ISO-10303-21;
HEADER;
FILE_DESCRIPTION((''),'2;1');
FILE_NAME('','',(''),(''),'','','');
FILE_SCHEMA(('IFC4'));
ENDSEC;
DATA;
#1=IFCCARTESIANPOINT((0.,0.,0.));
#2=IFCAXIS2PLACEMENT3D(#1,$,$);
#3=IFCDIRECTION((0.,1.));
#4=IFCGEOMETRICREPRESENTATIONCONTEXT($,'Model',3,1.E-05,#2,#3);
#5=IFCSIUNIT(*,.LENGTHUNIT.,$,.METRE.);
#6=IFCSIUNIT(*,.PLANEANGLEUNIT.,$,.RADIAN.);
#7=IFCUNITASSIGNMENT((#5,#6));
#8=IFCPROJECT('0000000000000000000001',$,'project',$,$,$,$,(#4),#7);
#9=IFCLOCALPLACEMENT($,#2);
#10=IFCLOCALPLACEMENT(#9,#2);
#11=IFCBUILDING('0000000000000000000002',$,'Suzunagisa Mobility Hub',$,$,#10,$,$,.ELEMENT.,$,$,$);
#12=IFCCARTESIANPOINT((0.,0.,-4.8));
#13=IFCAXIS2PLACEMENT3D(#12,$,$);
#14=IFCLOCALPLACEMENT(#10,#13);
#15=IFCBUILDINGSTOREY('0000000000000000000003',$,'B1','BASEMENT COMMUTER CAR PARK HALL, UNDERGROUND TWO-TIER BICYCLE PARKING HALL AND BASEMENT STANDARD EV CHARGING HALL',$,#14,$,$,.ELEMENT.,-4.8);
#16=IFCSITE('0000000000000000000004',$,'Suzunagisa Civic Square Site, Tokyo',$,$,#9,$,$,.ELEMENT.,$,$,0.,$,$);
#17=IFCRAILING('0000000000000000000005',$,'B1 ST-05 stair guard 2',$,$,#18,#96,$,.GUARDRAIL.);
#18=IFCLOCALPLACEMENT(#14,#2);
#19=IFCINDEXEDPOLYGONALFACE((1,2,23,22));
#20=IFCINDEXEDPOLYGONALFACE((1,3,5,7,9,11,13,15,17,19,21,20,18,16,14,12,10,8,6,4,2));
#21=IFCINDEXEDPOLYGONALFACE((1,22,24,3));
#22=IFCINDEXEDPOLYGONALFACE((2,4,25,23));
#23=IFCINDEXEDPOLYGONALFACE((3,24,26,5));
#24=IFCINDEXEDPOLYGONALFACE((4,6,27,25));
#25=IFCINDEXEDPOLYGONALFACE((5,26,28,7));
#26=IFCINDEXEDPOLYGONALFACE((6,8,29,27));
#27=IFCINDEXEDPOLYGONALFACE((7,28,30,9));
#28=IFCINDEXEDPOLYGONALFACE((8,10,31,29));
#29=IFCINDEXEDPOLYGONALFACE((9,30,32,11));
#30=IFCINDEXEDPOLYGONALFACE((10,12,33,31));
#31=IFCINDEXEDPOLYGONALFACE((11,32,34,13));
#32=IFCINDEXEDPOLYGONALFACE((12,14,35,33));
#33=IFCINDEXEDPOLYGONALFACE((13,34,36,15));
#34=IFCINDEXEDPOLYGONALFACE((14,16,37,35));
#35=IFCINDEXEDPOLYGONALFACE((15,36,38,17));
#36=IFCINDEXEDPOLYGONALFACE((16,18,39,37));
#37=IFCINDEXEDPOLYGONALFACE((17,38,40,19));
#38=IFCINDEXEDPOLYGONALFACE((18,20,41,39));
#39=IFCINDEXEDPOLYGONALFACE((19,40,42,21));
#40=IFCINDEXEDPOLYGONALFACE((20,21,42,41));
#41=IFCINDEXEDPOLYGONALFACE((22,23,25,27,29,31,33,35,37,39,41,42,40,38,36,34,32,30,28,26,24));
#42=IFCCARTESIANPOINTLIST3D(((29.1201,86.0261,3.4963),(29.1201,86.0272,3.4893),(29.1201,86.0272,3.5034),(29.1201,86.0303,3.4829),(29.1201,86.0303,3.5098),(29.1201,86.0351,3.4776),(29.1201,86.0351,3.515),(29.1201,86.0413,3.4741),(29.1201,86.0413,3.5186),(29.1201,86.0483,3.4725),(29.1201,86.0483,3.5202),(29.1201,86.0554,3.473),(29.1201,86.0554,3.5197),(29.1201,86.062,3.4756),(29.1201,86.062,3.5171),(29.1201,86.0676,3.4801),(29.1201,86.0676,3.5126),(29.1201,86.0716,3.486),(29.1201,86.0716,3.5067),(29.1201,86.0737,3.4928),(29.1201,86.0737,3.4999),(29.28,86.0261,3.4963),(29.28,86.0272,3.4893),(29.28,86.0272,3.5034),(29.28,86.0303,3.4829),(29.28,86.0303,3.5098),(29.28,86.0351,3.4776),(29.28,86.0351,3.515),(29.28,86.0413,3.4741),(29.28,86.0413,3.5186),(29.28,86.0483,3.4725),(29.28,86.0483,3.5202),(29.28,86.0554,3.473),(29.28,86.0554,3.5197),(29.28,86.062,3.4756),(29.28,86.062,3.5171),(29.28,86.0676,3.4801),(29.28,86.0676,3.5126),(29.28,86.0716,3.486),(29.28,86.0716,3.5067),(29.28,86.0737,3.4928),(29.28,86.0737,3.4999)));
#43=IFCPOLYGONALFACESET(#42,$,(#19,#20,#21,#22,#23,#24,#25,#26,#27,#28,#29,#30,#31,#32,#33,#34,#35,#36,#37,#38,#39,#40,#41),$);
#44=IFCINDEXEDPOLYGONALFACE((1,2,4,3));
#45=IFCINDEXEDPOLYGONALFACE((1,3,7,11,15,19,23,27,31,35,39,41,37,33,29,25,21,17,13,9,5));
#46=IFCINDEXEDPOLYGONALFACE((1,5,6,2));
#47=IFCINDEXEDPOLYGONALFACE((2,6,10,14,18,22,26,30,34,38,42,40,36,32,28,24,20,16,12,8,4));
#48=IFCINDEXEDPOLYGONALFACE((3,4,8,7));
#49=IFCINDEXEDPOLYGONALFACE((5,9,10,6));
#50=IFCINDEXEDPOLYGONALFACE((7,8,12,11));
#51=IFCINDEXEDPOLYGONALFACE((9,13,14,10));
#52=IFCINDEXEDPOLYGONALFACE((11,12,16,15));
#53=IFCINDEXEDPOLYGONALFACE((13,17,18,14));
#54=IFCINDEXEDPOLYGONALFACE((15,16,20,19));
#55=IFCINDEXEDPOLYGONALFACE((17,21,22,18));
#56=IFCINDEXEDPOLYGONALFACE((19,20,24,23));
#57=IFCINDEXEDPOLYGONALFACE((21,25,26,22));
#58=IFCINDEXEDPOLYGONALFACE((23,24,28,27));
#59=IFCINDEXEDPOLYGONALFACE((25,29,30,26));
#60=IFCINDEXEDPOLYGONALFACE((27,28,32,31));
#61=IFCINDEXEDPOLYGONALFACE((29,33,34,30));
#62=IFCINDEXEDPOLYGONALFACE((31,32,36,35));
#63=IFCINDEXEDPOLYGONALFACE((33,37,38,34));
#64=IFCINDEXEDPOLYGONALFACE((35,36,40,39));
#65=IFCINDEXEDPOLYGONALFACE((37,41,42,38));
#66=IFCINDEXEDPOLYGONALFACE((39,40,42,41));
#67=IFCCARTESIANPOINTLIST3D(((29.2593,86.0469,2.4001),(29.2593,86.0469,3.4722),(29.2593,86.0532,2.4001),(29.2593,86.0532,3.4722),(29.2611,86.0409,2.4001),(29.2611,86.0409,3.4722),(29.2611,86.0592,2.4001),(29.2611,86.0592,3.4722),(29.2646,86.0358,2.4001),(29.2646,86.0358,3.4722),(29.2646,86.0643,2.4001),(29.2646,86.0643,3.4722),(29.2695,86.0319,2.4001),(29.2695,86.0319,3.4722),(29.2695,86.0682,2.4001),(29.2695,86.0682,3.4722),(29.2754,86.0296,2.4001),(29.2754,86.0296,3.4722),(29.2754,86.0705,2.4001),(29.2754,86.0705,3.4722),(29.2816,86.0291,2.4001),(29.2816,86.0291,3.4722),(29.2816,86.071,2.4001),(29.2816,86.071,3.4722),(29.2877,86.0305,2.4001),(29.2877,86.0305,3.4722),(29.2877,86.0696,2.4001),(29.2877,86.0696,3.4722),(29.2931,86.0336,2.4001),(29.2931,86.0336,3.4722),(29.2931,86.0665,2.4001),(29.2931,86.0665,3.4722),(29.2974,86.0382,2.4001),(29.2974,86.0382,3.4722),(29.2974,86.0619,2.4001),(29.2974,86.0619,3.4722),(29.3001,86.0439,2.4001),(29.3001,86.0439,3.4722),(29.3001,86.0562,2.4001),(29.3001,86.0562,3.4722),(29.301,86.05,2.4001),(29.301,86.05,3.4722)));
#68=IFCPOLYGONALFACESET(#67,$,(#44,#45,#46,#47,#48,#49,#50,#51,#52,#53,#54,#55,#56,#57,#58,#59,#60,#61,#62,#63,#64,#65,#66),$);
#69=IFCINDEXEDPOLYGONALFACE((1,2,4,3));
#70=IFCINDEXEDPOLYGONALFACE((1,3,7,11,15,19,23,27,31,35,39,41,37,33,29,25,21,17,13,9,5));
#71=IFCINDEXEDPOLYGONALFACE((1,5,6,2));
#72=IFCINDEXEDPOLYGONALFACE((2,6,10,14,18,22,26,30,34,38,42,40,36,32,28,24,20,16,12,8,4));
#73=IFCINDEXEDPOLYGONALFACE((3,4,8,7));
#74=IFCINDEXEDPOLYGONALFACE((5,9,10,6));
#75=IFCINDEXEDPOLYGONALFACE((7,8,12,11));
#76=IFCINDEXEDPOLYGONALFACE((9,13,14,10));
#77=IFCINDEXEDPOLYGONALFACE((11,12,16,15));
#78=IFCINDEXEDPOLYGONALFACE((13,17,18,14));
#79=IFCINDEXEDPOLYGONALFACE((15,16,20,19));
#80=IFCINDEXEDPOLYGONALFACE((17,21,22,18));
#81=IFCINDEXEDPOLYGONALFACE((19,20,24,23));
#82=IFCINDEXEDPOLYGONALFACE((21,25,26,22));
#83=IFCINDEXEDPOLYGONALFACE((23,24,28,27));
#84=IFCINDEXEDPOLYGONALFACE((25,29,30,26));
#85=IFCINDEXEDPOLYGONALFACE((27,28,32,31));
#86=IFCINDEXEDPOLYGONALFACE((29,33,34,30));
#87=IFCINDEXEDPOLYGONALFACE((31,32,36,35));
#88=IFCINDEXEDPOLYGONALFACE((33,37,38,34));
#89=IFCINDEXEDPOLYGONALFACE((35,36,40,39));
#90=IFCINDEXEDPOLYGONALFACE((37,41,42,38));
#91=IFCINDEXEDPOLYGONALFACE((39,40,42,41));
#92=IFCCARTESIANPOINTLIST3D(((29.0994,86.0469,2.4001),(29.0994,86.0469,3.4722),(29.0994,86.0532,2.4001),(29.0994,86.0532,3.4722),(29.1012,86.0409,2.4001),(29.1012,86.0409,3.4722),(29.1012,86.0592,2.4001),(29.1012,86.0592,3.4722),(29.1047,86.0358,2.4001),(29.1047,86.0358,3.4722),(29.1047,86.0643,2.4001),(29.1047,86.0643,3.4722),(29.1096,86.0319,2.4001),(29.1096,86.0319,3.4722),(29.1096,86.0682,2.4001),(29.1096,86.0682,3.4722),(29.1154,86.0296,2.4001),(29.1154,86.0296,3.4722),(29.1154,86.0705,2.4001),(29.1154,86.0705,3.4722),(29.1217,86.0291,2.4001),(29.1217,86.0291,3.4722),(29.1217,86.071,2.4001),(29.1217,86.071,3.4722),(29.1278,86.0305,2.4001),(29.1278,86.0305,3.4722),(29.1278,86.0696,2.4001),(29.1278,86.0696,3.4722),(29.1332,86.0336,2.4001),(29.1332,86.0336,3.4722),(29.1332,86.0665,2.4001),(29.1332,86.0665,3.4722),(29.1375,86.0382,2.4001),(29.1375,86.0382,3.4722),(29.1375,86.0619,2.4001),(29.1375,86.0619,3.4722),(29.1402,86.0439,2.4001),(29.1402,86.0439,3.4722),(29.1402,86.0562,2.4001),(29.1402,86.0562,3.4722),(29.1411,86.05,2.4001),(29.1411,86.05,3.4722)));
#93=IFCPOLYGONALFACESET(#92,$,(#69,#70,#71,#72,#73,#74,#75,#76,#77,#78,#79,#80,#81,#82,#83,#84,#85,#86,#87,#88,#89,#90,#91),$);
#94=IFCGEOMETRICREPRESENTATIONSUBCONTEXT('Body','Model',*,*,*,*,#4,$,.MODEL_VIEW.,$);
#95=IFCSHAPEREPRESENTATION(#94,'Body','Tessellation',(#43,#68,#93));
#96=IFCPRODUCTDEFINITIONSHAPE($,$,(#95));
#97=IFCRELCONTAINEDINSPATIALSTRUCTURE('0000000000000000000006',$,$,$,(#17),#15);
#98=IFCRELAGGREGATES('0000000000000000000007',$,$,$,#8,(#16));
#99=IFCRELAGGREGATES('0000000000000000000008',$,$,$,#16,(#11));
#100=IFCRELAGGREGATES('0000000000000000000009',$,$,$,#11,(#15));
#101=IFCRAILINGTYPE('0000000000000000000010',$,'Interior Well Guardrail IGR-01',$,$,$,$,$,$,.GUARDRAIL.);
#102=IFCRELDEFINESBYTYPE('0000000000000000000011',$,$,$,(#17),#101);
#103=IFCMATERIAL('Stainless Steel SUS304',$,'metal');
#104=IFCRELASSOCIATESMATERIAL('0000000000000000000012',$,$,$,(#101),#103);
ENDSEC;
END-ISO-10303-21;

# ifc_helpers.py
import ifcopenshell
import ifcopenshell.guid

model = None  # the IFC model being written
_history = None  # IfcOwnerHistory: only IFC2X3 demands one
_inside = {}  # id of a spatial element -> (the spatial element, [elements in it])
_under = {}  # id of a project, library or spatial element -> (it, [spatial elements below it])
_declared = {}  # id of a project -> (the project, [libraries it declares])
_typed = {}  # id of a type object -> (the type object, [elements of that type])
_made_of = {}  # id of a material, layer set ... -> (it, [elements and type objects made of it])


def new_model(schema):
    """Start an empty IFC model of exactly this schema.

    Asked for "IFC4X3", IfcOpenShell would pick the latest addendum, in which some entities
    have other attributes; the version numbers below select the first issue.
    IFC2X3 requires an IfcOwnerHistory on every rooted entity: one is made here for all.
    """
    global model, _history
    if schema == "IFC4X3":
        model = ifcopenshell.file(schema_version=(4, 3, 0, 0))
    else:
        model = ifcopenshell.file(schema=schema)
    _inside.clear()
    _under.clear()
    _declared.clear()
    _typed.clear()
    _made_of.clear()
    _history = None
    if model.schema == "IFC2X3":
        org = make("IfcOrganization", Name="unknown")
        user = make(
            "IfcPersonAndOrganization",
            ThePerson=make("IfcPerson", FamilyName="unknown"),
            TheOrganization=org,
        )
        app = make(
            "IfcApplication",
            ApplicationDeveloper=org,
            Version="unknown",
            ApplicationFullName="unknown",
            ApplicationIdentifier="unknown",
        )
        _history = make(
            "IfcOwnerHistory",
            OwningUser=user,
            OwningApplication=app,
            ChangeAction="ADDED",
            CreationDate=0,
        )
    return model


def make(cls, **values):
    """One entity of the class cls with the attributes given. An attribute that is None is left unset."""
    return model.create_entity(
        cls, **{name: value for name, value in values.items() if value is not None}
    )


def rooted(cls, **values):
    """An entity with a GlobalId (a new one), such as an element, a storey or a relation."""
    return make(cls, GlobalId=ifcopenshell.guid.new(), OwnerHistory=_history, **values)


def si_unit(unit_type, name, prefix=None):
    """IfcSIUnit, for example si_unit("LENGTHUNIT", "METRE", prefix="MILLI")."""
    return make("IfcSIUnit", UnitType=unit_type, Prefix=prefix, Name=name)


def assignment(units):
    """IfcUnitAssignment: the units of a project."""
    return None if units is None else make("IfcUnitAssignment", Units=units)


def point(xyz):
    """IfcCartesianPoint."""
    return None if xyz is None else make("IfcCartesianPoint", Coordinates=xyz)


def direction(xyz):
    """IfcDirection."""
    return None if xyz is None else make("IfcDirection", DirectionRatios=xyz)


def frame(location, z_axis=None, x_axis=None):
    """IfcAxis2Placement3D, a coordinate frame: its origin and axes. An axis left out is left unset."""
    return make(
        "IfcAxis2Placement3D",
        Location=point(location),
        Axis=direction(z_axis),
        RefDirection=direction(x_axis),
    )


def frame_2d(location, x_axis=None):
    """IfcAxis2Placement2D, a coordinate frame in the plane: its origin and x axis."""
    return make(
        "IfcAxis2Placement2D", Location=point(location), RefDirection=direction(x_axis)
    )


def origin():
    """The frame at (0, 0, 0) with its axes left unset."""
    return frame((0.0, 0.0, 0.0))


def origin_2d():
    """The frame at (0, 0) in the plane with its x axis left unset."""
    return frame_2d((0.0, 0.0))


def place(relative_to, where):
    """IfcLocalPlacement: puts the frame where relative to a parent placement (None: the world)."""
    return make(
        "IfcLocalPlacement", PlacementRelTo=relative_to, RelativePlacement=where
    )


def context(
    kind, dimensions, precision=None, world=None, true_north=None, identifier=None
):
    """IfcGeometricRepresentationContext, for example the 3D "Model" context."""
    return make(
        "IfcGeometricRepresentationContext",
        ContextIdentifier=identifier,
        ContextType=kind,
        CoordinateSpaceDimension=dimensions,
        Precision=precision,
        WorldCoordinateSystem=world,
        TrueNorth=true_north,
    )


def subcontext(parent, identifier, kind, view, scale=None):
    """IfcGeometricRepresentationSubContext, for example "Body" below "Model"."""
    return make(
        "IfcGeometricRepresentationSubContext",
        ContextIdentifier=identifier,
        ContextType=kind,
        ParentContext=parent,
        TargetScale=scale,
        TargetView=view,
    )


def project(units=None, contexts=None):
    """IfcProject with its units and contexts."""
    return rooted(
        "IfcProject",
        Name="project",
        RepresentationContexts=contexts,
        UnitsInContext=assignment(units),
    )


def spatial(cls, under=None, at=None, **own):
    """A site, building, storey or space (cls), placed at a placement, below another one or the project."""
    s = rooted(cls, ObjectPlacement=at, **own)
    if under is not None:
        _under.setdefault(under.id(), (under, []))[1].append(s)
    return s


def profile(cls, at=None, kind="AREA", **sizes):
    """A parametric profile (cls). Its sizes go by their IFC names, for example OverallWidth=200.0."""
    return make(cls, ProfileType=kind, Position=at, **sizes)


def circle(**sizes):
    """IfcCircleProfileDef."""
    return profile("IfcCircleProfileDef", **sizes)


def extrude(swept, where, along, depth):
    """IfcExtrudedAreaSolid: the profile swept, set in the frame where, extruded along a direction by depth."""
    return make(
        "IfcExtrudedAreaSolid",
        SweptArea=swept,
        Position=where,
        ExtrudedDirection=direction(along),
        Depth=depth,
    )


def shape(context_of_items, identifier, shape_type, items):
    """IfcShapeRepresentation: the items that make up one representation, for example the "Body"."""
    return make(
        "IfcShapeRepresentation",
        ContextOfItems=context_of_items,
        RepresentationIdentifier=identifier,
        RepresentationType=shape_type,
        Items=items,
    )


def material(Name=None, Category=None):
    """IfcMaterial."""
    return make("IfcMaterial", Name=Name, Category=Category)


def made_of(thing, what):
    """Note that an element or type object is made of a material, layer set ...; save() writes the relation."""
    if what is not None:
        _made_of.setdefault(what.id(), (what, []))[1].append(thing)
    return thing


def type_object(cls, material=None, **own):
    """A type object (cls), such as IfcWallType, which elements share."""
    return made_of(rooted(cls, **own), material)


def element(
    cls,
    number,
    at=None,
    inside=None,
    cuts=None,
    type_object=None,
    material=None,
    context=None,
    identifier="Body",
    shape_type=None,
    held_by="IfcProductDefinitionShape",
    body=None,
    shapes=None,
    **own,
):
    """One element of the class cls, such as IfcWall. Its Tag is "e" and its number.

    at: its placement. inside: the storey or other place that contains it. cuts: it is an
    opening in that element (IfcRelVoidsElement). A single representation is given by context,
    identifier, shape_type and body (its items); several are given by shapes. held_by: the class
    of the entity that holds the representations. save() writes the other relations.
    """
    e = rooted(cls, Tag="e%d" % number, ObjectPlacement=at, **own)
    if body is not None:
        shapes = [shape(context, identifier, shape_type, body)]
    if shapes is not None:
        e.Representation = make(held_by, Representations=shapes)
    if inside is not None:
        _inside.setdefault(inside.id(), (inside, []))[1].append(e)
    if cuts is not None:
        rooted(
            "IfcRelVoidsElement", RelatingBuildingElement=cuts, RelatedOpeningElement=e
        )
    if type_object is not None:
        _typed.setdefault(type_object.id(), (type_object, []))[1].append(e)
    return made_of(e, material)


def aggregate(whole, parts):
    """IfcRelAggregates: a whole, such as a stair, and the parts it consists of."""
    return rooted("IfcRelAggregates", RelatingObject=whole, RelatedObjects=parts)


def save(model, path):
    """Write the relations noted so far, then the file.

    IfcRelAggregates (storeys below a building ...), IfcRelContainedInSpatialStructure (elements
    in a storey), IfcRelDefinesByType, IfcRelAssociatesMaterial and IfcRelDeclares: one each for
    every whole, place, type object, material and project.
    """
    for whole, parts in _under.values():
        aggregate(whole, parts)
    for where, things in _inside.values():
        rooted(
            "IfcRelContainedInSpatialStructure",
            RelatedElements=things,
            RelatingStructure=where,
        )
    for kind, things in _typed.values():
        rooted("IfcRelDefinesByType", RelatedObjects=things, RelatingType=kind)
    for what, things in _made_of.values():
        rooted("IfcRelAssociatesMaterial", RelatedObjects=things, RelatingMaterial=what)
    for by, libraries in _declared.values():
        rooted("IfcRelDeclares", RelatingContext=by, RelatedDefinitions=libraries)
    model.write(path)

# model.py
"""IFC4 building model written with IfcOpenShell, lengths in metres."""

from ifc_helpers import new_model, si_unit, direction, frame, origin, origin_2d, place, context, subcontext, project, spatial, circle, extrude, material, type_object, element, save


model = new_model("IFC4")

# Units and contexts
model_context = context("Model", 3, precision=1e-05, world=origin(), true_north=direction((0.0, 1.0)))
body_context = subcontext(model_context, "Body", "Model", "MODEL_VIEW")
ifc_project = project(units=[si_unit("LENGTHUNIT", "METRE"), si_unit("PLANEANGLEUNIT", "RADIAN")], contexts=[model_context])

# Site, building, storey
site_placement = place(None, origin())
site = spatial("IfcSite", under=ifc_project, at=site_placement, Name="Suzunagisa Civic Square Site, Tokyo", CompositionType="ELEMENT", RefElevation=0.0)
building_placement = place(site_placement, origin())
building = spatial("IfcBuilding", under=site, at=building_placement, Name="Suzunagisa Mobility Hub", CompositionType="ELEMENT")
storey_placement = place(building_placement, frame((0.0, 0.0, -4.8)))
storey = spatial("IfcBuildingStorey", under=building, at=storey_placement, Name="B1", Description="BASEMENT COMMUTER CAR PARK HALL, UNDERGROUND TWO-TIER BICYCLE PARKING HALL AND BASEMENT STANDARD EV CHARGING HALL", CompositionType="ELEMENT", Elevation=-4.8)

# Railing
ifc_material_1 = material(Name="Stainless Steel SUS304", Category="metal")
railing_type_1 = type_object("IfcRailingType", Name="Interior Well Guardrail IGR-01", PredefinedType="GUARDRAIL", material=ifc_material_1)
railing_1_placement = place(storey_placement, frame((29.28, 86.05, 2.4001)))
element("IfcRailing", 1, at=railing_1_placement, inside=storey, type_object=railing_type_1, Name="B1 ST-05 stair guard 2", PredefinedType="GUARDRAIL", context=body_context, shape_type="SweptSolid", body=[
    extrude(circle(Radius=0.0239, at=origin_2d()), frame((0.0, 0.0, 1.0962), z_axis=(-1.0, 0.0, 0.0), x_axis=(0.0, -1.0, 0.0)), (0.0, 0.0, 1.0), 0.1599),
    extrude(circle(Radius=0.021, at=origin_2d()), origin(), (0.0, 0.0, 1.0), 1.072),
    extrude(circle(Radius=0.021, at=origin_2d()), frame((-0.1599, 0.0, 0.0)), (0.0, 0.0, 1.0), 1.072),
])

save(model, "model.ifc")
